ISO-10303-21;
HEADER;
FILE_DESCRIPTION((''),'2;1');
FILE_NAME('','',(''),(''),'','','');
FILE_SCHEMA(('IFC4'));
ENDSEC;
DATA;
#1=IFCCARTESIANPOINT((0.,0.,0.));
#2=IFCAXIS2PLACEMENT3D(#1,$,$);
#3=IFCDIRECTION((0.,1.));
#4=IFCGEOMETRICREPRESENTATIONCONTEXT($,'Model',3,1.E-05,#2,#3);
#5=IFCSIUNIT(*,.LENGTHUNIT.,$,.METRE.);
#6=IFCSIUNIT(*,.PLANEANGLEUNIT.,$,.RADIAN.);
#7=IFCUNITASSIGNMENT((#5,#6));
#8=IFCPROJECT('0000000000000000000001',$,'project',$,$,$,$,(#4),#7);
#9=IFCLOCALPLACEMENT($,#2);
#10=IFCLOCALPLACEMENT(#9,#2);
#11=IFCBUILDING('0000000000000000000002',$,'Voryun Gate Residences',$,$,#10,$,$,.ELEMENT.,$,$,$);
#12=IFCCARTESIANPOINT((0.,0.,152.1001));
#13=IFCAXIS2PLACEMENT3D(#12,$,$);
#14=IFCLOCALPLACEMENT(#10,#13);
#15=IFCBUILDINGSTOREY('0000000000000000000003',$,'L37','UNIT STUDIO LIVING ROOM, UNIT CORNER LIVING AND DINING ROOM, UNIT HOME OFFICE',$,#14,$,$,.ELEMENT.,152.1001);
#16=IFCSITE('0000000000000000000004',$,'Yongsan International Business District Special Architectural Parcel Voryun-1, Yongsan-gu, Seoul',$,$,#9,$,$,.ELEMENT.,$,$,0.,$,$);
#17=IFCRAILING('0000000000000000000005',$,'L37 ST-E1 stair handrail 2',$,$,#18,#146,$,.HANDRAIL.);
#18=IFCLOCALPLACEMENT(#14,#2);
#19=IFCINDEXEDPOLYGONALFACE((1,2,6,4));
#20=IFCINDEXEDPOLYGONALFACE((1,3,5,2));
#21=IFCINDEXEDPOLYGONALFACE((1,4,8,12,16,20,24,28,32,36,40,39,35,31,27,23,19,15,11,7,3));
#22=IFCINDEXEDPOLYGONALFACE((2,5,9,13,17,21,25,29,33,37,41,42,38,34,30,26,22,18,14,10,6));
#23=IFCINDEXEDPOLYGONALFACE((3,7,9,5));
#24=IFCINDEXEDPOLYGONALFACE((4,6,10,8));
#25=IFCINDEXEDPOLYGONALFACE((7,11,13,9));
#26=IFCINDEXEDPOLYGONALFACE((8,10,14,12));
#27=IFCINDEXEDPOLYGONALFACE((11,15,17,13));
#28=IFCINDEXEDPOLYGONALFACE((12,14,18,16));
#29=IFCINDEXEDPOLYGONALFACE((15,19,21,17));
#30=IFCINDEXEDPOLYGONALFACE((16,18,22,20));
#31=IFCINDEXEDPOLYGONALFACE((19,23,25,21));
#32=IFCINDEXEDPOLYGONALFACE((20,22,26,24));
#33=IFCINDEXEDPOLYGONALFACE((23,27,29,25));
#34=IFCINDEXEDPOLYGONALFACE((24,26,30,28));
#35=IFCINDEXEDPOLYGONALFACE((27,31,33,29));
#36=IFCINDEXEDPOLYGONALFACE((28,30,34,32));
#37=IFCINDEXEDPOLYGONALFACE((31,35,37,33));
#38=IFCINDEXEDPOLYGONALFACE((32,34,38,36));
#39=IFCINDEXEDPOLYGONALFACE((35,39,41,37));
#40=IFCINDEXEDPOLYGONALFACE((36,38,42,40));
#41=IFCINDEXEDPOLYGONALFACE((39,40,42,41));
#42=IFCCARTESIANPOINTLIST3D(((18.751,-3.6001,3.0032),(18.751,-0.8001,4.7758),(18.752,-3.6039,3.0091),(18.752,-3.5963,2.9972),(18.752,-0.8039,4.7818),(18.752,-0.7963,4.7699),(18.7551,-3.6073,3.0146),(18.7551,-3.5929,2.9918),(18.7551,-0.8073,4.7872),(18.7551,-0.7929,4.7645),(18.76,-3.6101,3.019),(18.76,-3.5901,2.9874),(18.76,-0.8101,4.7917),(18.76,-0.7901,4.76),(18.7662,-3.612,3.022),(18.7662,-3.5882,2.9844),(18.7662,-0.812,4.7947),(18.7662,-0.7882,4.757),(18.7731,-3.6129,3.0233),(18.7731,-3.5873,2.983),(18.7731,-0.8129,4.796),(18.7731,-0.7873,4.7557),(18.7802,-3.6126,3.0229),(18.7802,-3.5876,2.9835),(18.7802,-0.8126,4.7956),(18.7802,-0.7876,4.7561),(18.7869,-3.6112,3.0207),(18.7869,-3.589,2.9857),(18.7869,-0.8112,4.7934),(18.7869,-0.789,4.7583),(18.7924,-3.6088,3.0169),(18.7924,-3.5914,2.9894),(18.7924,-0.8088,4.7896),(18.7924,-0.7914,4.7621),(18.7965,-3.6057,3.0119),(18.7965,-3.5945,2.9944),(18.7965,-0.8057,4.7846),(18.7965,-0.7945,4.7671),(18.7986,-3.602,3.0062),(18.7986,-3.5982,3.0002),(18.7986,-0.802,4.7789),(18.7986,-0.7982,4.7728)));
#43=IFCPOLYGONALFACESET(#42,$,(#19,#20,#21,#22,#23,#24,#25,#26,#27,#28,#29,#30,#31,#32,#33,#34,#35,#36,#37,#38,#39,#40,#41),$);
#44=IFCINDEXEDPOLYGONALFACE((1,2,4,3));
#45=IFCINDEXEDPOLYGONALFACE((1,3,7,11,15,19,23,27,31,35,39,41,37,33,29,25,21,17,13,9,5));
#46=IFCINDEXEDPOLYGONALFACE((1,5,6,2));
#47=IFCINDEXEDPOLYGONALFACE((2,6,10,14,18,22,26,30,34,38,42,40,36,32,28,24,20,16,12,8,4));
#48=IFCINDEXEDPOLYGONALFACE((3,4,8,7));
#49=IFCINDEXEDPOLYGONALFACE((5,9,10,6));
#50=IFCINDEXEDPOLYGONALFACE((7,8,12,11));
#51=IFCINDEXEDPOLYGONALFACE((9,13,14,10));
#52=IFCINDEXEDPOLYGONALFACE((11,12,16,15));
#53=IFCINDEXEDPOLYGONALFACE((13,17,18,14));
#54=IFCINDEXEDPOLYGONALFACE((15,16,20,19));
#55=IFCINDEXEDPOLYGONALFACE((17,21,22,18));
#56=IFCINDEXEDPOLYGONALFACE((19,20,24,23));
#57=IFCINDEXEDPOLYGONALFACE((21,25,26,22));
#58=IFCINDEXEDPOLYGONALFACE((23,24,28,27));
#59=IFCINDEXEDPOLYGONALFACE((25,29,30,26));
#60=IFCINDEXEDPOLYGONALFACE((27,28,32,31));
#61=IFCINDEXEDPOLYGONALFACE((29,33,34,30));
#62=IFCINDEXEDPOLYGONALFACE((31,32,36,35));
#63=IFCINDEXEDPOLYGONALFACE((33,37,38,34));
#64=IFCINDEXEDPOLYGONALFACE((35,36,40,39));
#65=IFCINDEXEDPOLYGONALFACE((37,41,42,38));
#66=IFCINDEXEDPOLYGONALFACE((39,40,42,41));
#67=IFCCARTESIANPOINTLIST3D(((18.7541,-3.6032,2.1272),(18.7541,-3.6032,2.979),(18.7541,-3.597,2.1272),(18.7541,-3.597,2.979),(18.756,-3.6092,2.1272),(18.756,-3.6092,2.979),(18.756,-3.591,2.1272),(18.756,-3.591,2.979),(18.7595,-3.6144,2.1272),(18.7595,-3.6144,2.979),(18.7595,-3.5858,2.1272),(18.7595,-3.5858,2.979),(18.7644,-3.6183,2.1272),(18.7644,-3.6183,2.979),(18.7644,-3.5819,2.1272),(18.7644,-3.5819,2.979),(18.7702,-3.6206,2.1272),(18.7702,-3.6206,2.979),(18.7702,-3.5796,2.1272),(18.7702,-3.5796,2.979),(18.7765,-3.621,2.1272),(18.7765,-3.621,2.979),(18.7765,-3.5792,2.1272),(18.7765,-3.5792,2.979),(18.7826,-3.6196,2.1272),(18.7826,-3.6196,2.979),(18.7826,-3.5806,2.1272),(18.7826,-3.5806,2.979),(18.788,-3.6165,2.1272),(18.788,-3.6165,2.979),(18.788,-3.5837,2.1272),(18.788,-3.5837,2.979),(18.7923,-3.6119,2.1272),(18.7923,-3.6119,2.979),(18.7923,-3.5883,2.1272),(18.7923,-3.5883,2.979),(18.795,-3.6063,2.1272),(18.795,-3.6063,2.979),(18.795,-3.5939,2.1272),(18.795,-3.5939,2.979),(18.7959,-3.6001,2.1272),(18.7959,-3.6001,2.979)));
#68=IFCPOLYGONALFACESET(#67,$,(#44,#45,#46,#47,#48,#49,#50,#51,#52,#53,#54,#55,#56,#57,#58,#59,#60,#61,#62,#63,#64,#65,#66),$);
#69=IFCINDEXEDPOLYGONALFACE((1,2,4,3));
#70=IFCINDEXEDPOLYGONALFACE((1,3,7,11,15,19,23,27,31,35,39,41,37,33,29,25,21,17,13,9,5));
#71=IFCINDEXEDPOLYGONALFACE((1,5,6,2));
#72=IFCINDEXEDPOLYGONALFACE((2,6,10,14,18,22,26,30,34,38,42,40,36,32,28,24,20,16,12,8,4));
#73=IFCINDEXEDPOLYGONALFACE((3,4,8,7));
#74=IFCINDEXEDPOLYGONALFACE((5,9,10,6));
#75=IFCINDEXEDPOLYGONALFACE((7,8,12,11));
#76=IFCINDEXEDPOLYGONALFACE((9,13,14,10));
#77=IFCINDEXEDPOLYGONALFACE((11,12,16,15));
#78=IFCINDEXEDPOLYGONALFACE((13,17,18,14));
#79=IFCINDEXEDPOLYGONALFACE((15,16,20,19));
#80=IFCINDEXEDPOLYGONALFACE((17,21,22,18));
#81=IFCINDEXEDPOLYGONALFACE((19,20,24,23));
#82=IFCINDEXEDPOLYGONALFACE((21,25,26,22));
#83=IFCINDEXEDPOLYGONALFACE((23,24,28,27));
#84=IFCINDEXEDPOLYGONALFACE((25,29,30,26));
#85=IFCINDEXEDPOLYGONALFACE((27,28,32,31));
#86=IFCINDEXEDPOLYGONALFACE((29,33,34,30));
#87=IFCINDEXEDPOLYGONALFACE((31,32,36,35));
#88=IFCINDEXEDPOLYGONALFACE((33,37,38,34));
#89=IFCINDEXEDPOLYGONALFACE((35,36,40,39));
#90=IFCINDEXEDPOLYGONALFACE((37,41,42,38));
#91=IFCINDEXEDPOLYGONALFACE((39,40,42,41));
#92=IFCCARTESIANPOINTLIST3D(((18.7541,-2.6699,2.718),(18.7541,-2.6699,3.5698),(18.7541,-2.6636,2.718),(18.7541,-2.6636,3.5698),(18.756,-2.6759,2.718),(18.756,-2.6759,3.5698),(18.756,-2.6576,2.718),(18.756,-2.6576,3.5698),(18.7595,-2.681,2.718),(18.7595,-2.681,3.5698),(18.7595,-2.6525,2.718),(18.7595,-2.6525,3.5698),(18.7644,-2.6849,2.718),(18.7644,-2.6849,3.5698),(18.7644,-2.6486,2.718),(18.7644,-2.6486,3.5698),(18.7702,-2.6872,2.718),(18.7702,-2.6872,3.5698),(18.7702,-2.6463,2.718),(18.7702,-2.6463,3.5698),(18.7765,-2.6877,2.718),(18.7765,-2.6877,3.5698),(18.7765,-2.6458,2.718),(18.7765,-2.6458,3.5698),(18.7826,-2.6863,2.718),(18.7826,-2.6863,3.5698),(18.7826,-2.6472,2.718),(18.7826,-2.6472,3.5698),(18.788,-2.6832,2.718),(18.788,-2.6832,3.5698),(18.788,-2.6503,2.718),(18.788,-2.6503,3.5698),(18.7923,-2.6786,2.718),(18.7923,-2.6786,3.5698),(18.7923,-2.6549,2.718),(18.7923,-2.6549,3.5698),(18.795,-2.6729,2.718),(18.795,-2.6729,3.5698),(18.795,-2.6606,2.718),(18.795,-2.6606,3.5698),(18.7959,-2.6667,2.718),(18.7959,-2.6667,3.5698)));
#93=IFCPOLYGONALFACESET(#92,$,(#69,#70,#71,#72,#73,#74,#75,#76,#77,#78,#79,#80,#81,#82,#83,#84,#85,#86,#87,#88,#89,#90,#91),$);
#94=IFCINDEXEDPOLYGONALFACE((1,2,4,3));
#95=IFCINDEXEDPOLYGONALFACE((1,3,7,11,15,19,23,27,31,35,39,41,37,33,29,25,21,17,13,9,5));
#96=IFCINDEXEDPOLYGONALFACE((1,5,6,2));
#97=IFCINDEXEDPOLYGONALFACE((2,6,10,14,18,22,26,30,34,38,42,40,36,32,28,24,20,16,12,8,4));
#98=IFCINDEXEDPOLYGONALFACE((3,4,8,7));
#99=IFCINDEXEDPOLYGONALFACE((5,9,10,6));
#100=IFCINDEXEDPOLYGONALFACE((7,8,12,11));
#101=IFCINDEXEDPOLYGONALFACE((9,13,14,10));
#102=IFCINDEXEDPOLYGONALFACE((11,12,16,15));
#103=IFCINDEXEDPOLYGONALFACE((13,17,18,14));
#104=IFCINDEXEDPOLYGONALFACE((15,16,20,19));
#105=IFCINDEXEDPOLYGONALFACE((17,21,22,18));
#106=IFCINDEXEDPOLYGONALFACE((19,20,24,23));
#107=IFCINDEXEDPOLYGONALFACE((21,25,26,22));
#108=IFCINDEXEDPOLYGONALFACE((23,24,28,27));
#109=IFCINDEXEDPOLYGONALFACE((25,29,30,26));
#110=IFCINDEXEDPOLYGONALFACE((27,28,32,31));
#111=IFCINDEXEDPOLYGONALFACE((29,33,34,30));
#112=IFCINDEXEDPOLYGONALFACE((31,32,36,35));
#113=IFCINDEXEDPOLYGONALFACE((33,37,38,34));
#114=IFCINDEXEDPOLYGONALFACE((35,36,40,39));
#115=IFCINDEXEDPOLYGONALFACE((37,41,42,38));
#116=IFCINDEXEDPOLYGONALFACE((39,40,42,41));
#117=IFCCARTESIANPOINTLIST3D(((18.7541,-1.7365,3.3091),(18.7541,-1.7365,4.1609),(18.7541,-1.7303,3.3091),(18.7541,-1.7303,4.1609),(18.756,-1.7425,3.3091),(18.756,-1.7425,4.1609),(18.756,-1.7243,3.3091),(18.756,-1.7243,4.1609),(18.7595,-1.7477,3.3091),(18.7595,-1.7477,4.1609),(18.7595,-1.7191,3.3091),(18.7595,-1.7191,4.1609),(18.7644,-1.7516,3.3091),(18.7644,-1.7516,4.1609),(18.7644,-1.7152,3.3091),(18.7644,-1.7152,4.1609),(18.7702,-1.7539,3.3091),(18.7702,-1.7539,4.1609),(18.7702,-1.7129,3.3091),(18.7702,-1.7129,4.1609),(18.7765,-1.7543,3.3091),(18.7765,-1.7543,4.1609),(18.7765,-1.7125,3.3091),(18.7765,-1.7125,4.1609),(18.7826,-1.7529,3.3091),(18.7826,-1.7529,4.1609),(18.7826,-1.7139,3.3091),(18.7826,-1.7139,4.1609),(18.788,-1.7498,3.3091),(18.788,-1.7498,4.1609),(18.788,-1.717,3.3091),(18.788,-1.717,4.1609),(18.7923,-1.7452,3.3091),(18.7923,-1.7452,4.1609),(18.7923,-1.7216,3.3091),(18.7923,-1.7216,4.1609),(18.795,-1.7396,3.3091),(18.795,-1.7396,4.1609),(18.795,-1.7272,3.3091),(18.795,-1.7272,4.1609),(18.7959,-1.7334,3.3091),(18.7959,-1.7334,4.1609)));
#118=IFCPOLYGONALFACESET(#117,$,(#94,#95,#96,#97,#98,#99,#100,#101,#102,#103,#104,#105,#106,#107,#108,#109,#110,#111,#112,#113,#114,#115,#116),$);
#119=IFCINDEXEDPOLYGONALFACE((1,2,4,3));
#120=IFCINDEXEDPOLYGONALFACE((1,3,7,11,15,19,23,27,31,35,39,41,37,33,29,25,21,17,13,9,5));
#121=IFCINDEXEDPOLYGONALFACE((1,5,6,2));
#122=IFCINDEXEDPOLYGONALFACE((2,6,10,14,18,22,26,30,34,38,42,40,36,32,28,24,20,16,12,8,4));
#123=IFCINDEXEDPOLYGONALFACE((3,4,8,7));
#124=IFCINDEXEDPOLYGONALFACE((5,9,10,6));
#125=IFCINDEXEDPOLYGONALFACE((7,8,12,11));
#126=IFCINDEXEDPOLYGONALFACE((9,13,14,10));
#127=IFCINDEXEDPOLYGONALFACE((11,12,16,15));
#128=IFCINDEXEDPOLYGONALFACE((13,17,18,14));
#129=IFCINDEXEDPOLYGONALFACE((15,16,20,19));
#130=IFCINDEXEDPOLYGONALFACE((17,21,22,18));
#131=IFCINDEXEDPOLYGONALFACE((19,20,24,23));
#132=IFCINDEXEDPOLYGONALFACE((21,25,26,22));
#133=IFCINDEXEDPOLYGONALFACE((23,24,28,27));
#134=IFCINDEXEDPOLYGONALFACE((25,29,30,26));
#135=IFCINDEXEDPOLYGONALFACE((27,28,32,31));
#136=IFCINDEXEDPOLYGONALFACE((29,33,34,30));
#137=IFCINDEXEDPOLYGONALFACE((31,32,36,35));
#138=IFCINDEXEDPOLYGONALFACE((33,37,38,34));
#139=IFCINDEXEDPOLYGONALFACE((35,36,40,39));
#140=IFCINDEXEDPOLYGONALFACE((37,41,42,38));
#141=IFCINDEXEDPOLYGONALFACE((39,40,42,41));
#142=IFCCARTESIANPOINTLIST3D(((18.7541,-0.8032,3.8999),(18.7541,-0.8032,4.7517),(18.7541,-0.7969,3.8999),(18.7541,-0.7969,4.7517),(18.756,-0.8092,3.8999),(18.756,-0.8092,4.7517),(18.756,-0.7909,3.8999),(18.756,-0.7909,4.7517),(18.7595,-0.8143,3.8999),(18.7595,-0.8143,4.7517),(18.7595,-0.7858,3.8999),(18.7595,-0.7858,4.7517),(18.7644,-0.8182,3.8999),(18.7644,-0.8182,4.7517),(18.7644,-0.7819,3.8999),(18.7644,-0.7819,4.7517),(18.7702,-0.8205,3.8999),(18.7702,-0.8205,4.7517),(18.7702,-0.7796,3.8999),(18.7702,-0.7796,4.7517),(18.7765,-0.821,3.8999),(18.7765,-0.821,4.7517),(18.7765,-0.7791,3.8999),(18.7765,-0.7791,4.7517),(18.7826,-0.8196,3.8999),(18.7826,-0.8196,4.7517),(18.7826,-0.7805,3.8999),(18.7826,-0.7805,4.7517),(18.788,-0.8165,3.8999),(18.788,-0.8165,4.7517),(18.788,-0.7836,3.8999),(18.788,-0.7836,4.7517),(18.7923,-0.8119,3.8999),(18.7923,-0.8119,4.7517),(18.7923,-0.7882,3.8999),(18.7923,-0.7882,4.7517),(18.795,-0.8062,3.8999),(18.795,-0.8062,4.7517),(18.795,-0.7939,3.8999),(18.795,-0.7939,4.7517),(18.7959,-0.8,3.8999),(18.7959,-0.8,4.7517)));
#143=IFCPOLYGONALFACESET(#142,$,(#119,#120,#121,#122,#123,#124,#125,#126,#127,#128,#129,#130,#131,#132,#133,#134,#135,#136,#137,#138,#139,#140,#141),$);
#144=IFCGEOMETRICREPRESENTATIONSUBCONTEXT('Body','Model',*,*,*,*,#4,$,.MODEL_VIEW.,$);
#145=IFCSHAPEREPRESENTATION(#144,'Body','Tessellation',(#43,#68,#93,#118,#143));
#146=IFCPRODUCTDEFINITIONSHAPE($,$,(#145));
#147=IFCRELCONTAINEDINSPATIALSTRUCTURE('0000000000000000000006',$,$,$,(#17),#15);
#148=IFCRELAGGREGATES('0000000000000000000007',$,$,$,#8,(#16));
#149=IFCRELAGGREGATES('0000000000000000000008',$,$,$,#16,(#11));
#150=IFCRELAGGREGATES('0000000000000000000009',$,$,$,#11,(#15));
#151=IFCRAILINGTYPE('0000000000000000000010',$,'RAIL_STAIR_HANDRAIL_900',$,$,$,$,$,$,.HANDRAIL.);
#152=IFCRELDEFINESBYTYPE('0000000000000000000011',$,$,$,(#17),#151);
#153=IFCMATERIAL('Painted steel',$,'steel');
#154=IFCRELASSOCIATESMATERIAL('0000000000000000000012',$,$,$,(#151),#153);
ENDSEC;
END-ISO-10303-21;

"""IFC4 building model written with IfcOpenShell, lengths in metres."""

from ifc_helpers import new_model, si_unit, direction, frame, origin, origin_2d, place, context, subcontext, project, spatial, circle, extrude, material, type_object, element, save


model = new_model("IFC4")

# Units and contexts
model_context = context("Model", 3, precision=1e-05, world=origin(), true_north=direction((0.0, 1.0)))
body_context = subcontext(model_context, "Body", "Model", "MODEL_VIEW")
ifc_project = project(units=[si_unit("LENGTHUNIT", "METRE"), si_unit("PLANEANGLEUNIT", "RADIAN")], contexts=[model_context])

# Site, building, storey
site_placement = place(None, origin())
site = spatial("IfcSite", under=ifc_project, at=site_placement, Name="Yongsan International Business District Special Architectural Parcel Voryun-1, Yongsan-gu, Seoul", CompositionType="ELEMENT", RefElevation=0.0)
building_placement = place(site_placement, origin())
building = spatial("IfcBuilding", under=site, at=building_placement, Name="Voryun Gate Residences", CompositionType="ELEMENT")
storey_placement = place(building_placement, frame((0.0, 0.0, 152.1001)))
storey = spatial("IfcBuildingStorey", under=building, at=storey_placement, Name="L37", Description="UNIT STUDIO LIVING ROOM, UNIT CORNER LIVING AND DINING ROOM, UNIT HOME OFFICE", CompositionType="ELEMENT", Elevation=152.1001)

# Railing
ifc_material_1 = material(Name="Painted steel", Category="steel")
railing_type_1 = type_object("IfcRailingType", Name="RAIL_STAIR_HANDRAIL_900", PredefinedType="HANDRAIL", material=ifc_material_1)
railing_1_placement = place(storey_placement, frame((18.7749, -3.6001, 2.1272)))
element("IfcRailing", 1, at=railing_1_placement, inside=storey, type_object=railing_type_1, Name="L37 ST-E1 stair handrail 2", PredefinedType="HANDRAIL", context=body_context, shape_type="SweptSolid", body=[
    extrude(circle(Radius=0.0239, at=origin_2d()), frame((0.0, 0.0, 0.876), z_axis=(0.0, 0.844909, 0.53491), x_axis=(-1.0, 0.0, 0.0)), (0.0, 0.0, 1.0), 3.314),
    extrude(circle(Radius=0.021, at=origin_2d()), origin(), (0.0, 0.0, 1.0), 0.8518),
    extrude(circle(Radius=0.021, at=origin_2d()), frame((0.0, 0.9333, 0.5908)), (0.0, 0.0, 1.0), 0.8518),
    extrude(circle(Radius=0.021, at=origin_2d()), frame((0.0, 1.8667, 1.1819)), (0.0, 0.0, 1.0), 0.8518),
    extrude(circle(Radius=0.021, at=origin_2d()), frame((0.0, 2.8, 1.7727)), (0.0, 0.0, 1.0), 0.8518),
])

save(model, "model.ifc")
